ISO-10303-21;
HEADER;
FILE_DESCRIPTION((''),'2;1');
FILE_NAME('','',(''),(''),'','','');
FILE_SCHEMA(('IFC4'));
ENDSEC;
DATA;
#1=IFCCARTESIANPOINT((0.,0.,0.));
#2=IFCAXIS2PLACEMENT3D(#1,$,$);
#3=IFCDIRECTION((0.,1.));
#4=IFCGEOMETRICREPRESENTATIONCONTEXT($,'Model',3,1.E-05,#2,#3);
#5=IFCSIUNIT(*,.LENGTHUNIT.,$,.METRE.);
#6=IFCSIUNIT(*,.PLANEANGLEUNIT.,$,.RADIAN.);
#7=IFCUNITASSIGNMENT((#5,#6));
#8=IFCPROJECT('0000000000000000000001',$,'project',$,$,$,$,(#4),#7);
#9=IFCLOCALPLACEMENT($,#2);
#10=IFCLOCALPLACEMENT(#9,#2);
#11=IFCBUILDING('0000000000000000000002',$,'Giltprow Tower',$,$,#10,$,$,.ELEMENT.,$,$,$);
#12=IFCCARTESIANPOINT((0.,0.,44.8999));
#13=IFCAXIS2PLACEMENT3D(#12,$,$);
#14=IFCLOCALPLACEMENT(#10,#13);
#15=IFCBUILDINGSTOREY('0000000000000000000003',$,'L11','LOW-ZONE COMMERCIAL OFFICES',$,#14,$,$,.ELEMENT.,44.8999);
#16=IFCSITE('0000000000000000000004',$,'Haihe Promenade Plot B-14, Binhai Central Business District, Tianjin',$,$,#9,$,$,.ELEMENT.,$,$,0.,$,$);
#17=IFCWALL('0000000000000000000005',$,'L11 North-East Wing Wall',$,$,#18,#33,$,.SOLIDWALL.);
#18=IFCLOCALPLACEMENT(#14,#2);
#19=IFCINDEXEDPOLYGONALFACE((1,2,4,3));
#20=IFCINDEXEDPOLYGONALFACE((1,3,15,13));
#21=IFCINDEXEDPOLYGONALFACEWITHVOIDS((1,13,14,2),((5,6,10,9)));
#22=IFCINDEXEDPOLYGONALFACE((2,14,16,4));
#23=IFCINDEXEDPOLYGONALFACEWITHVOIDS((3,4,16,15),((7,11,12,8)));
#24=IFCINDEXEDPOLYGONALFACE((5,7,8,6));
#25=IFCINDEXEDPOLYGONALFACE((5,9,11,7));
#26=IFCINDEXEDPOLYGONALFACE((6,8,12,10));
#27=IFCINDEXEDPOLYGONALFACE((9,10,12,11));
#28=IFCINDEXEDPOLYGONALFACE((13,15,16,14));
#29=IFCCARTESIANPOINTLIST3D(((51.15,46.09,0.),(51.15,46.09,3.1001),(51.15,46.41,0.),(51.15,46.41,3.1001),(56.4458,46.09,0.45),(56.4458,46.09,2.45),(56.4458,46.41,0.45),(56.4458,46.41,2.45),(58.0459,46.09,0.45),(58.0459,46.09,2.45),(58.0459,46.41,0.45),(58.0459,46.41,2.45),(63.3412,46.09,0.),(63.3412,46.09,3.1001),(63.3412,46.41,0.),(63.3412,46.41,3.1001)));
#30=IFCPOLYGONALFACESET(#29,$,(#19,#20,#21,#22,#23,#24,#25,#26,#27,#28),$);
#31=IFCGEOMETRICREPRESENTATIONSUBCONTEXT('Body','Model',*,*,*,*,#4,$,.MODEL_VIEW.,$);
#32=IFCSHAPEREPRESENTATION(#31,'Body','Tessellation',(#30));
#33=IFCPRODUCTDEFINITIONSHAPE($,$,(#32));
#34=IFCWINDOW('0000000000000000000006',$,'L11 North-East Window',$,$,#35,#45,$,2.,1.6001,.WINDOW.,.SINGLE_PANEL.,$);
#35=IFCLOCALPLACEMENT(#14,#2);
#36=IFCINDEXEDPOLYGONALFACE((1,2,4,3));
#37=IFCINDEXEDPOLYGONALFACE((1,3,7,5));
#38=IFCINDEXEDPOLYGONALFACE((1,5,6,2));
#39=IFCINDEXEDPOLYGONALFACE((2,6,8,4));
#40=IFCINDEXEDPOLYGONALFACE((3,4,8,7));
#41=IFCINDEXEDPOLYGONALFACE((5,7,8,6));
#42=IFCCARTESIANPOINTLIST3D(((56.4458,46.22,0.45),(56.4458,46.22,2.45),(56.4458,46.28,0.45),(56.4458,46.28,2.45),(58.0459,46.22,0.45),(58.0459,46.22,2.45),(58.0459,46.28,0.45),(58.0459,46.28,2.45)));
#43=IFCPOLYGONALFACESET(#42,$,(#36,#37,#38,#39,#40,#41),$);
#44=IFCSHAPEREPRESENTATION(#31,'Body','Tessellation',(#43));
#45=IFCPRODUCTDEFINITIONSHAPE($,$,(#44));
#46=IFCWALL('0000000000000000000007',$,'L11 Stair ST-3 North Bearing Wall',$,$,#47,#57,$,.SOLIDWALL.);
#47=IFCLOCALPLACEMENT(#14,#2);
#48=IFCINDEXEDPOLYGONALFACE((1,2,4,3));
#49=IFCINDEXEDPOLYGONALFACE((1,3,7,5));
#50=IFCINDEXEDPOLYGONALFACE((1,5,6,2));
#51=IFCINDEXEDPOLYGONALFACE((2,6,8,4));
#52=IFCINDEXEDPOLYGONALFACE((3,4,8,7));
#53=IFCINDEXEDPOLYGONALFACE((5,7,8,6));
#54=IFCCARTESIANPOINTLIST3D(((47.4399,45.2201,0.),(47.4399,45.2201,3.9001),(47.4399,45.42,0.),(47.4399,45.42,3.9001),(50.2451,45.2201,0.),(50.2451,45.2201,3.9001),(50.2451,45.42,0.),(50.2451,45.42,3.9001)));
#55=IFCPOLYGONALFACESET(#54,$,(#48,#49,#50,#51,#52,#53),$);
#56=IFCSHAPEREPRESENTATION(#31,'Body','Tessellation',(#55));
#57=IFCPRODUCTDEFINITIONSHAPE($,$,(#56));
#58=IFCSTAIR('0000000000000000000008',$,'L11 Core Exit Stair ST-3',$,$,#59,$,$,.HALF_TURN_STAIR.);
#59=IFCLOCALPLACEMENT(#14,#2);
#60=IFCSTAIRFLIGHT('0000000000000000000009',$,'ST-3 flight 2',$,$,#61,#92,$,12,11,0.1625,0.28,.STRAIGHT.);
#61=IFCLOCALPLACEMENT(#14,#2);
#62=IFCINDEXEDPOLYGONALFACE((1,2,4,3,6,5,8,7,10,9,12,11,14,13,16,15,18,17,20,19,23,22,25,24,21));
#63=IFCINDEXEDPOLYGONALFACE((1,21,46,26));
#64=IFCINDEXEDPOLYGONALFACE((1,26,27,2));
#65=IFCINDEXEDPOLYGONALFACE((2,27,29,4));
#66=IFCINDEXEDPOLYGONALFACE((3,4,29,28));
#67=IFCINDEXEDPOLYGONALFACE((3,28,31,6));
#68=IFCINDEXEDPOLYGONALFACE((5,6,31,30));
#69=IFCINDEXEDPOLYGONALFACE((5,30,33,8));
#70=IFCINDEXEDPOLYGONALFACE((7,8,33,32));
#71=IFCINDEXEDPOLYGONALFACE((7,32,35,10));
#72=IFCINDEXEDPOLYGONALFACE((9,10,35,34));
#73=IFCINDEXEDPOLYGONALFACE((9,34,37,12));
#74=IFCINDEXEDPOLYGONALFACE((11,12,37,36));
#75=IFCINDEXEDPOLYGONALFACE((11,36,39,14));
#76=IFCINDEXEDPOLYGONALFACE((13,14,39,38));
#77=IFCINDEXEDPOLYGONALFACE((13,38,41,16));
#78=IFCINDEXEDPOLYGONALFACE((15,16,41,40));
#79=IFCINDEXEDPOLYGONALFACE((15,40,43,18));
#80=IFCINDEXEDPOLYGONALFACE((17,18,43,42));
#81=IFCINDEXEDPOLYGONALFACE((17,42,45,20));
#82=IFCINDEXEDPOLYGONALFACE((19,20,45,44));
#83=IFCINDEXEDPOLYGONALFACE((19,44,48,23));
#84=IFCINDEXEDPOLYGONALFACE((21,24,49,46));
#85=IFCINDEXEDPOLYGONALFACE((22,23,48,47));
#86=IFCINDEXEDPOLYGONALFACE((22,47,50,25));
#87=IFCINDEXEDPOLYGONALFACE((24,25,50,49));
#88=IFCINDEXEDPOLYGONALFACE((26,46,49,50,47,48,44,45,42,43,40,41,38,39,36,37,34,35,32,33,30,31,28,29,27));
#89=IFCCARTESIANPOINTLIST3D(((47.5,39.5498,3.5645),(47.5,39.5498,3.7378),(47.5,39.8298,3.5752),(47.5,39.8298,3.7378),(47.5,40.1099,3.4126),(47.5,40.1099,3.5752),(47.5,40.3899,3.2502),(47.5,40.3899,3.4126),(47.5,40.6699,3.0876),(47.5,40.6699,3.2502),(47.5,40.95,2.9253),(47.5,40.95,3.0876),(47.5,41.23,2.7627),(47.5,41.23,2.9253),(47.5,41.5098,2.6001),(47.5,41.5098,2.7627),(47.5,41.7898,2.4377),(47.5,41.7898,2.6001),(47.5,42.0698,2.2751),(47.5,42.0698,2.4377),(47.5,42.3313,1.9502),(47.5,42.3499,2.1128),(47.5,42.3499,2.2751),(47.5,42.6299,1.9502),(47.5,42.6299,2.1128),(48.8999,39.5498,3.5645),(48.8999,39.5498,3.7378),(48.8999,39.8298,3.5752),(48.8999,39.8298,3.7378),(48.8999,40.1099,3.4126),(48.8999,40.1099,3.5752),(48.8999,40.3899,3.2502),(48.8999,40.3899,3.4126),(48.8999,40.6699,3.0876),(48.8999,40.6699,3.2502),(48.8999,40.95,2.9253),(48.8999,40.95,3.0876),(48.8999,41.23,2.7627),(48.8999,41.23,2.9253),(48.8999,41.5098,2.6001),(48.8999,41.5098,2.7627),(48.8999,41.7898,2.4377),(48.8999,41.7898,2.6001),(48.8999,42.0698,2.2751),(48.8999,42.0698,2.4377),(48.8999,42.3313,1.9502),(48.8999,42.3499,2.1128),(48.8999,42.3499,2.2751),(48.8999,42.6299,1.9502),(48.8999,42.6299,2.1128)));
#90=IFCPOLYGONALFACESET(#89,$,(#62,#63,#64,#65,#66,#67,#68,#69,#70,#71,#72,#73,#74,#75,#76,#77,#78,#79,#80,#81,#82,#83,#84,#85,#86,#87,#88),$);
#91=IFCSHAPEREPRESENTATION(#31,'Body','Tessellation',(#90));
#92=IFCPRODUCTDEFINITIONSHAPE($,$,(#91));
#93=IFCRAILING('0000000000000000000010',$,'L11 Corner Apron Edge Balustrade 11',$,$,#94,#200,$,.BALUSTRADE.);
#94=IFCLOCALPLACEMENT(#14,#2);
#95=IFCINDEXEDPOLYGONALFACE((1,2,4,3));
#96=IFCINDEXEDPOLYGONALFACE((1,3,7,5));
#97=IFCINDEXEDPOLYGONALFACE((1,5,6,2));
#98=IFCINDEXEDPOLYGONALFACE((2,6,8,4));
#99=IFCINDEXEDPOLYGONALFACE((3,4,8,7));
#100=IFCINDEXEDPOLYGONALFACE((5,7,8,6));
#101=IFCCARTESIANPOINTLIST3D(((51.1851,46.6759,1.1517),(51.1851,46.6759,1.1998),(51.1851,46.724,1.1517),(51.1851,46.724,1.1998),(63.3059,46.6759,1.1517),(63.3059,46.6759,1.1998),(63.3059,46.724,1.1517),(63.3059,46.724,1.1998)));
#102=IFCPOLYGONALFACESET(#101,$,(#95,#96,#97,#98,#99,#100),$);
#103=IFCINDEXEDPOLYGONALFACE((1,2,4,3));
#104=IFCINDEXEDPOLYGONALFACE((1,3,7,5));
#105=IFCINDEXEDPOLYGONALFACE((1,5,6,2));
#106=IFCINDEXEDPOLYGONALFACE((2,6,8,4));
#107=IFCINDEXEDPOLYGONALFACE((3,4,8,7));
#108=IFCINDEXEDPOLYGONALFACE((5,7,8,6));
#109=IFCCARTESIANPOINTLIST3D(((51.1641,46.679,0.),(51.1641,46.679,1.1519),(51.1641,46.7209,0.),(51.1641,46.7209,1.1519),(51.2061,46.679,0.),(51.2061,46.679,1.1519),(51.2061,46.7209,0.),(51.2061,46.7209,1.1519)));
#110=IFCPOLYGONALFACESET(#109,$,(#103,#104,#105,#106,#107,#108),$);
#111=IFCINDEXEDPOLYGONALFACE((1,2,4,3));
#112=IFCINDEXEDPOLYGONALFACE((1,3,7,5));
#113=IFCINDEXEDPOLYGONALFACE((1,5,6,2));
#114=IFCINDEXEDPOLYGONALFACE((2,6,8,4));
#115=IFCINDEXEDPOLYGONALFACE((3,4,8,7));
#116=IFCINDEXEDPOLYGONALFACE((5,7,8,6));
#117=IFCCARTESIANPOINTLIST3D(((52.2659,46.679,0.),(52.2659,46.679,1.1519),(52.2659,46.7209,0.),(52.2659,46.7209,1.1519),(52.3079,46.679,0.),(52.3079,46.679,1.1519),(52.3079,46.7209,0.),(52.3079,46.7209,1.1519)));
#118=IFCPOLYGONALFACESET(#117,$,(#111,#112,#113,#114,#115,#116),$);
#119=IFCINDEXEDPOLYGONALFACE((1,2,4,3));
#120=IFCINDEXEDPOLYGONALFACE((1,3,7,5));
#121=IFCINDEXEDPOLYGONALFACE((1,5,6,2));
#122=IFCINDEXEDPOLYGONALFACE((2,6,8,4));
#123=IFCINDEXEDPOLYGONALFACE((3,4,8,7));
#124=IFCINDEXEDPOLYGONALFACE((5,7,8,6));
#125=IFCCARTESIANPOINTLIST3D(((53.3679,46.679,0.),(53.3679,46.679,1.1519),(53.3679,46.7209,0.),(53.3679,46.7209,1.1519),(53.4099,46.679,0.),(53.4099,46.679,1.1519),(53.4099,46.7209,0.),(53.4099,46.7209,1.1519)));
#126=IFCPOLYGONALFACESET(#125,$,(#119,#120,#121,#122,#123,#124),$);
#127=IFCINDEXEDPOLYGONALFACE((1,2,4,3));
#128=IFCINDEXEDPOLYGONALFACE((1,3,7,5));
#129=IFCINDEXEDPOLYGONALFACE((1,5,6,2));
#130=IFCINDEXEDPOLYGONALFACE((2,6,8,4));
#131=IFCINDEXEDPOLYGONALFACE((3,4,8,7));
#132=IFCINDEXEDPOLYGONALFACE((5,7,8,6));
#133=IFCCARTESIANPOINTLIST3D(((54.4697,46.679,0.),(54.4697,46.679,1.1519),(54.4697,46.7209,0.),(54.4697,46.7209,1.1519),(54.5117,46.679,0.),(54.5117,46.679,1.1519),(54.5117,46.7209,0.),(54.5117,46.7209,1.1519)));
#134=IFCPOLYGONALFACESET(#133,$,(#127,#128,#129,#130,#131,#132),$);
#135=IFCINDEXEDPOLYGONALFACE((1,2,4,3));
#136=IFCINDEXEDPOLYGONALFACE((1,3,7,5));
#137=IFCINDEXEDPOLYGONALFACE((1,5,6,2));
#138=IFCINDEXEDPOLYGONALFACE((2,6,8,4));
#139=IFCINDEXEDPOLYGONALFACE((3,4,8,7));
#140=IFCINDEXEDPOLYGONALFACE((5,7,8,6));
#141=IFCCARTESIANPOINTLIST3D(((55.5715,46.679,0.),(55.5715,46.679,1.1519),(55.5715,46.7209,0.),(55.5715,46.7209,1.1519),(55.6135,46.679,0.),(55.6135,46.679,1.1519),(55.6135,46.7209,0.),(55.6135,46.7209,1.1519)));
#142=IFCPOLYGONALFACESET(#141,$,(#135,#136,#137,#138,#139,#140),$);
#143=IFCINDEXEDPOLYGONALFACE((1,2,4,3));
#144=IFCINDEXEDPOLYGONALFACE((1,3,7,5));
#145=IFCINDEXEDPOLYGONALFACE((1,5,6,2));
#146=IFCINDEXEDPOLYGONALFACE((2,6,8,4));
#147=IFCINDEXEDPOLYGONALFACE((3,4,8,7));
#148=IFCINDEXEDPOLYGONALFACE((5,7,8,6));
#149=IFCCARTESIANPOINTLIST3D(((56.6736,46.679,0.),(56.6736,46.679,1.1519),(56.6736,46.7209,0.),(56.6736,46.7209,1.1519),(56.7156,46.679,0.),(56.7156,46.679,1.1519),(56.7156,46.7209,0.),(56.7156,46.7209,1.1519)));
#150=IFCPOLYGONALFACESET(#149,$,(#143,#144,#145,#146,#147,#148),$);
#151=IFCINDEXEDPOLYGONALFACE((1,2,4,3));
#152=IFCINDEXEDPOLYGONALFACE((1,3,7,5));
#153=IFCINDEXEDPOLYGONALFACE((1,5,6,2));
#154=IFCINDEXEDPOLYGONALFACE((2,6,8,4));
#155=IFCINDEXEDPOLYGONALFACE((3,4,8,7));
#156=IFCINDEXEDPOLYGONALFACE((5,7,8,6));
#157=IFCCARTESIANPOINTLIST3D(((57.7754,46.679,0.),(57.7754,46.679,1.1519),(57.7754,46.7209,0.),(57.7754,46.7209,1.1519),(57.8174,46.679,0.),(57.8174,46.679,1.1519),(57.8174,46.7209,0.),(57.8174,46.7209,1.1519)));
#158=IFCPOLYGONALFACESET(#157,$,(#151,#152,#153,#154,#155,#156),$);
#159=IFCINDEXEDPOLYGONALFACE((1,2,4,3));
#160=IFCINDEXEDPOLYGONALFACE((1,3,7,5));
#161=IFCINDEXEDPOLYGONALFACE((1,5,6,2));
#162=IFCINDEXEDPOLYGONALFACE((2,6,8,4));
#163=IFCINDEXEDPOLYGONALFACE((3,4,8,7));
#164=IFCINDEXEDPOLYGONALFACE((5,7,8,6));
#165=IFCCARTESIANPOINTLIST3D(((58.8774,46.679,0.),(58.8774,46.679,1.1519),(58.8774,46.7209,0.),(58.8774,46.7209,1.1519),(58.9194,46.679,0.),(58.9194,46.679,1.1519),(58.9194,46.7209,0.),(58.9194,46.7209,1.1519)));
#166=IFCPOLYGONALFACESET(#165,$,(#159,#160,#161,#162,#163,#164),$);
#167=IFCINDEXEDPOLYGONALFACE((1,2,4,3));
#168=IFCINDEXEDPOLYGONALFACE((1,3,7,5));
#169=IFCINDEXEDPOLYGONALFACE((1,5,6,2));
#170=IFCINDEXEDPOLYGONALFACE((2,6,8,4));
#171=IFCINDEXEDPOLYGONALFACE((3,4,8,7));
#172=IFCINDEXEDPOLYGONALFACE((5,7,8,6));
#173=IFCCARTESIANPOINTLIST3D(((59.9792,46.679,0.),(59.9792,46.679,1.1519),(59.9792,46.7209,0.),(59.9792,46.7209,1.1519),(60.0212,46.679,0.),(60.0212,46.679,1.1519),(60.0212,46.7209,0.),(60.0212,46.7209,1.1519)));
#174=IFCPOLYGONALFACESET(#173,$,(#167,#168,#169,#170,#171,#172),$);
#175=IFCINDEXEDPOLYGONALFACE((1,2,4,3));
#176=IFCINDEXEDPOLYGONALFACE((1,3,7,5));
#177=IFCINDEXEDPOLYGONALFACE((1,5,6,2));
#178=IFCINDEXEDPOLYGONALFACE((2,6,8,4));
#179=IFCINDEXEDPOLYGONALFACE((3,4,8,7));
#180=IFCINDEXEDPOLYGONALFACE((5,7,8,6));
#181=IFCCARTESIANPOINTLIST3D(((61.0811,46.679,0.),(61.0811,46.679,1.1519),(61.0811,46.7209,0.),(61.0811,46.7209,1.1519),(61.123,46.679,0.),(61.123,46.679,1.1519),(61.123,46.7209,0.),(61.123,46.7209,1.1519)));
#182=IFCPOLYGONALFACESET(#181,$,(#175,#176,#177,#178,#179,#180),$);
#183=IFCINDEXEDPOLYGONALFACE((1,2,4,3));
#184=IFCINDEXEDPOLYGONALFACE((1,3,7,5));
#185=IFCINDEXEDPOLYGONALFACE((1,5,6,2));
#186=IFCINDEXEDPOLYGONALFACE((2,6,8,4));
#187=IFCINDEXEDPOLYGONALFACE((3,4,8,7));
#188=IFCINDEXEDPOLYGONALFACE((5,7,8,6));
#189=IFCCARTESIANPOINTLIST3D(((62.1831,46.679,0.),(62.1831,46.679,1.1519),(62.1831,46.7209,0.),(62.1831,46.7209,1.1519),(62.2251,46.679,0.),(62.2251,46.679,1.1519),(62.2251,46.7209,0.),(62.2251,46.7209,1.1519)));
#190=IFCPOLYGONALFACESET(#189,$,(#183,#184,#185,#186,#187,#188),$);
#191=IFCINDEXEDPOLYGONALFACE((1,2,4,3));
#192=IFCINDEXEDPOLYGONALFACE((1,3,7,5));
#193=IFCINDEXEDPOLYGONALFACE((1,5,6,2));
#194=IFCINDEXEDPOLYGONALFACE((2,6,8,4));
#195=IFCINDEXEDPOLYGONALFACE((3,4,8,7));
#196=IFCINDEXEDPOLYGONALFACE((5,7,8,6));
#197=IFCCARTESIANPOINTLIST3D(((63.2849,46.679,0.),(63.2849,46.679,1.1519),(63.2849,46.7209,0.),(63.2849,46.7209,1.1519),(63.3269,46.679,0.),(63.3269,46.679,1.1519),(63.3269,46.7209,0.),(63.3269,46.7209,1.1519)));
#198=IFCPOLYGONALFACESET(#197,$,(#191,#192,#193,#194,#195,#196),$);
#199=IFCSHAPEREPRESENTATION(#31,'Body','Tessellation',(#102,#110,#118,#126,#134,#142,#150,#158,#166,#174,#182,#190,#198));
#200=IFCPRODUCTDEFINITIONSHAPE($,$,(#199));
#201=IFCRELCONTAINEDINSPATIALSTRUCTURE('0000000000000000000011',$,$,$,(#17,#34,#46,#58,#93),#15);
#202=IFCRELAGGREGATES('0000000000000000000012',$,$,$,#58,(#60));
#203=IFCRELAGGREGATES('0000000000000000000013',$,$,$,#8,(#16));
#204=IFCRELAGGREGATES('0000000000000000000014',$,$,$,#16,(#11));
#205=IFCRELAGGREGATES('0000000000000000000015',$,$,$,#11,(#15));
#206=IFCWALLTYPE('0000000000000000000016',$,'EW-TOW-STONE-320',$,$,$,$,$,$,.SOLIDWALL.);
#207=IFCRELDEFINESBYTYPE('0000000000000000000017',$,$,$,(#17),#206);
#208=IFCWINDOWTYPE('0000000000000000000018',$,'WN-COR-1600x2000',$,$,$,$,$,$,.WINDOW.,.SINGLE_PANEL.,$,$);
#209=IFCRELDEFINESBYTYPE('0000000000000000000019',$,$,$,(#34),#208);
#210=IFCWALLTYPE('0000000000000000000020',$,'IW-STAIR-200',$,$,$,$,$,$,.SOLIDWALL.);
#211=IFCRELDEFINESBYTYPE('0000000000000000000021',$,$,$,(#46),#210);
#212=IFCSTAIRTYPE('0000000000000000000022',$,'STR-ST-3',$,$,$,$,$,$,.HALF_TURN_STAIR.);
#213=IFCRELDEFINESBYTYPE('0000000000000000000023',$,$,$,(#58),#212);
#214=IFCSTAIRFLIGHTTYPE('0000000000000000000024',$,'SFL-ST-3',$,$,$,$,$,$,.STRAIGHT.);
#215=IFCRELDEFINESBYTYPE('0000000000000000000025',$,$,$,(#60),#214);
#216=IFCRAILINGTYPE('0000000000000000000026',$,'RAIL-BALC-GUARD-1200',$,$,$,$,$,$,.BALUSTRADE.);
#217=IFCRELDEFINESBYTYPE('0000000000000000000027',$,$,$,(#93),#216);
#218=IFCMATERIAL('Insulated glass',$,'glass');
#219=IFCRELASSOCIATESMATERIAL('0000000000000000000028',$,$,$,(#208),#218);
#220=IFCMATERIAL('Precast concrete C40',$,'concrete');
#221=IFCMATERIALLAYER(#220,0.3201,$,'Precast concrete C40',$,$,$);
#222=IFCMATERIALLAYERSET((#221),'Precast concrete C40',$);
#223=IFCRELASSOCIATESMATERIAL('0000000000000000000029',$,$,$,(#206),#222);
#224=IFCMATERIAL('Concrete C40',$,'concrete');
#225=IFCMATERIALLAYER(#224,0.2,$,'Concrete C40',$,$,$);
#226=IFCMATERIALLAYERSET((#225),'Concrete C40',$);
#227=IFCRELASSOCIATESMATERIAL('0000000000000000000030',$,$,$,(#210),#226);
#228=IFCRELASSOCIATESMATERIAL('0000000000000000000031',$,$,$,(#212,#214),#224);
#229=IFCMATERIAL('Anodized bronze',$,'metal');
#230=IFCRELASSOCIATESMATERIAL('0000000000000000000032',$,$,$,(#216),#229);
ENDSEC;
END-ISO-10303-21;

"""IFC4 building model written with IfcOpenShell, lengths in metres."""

from ifc_helpers import new_model, si_unit, direction, frame, frame_2d, origin, origin_2d, place, context, subcontext, project, spatial, polyline, rectangle, outline, extrude, source, transform, mapped, material, layer, layer_set, type_object, element, fill, aggregate, save


model = new_model("IFC4")

# Units and contexts
model_context = context("Model", 3, precision=1e-05, world=origin(), true_north=direction((0.0, 1.0)))
body_context = subcontext(model_context, "Body", "Model", "MODEL_VIEW")
ifc_project = project(units=[si_unit("LENGTHUNIT", "METRE"), si_unit("PLANEANGLEUNIT", "RADIAN")], contexts=[model_context])

# Site, building, storey
site_placement = place(None, origin())
site = spatial("IfcSite", under=ifc_project, at=site_placement, Name="Haihe Promenade Plot B-14, Binhai Central Business District, Tianjin", CompositionType="ELEMENT", RefElevation=0.0)
building_placement = place(site_placement, origin())
building = spatial("IfcBuilding", under=site, at=building_placement, Name="Giltprow Tower", CompositionType="ELEMENT")
storey_placement = place(building_placement, frame((0.0, 0.0, 44.8999)))
storey = spatial("IfcBuildingStorey", under=building, at=storey_placement, Name="L11", Description="LOW-ZONE COMMERCIAL OFFICES", CompositionType="ELEMENT", Elevation=44.8999)

# Wall, opening, window
ifc_material_1 = material(Name="Precast concrete C40", Category="concrete")
ifc_material_2 = material(Name="Insulated glass", Category="glass")
window_type = type_object("IfcWindowType", Name="WN-COR-1600x2000", PartitioningType="SINGLE_PANEL", PredefinedType="WINDOW", material=ifc_material_2)
shared_shape_1 = source(origin(), body_context, "Body", "SweptSolid", [
    extrude(rectangle(XDim=1.6001, YDim=2.0, at=frame_2d((0.8, 1.0))), frame((0.0, 0.03, 0.0), z_axis=(0.0, -1.0, 0.0), x_axis=(1.0, 0.0, 0.0)), (0.0, 0.0, 1.0), 0.0601),
])
ifc_layer_1 = layer(ifc_material_1, 0.3201, Name="Precast concrete C40")
ifc_layer_set_1 = layer_set([ifc_layer_1], Name="Precast concrete C40")
wall_type_1 = type_object("IfcWallType", Name="EW-TOW-STONE-320", PredefinedType="SOLIDWALL", material=ifc_layer_set_1)
wall_1_placement = place(storey_placement, frame((51.1499, 46.25, 0.0), z_axis=(0.0, 0.0, 1.0), x_axis=(1.0, 0.0, 0.0)))
wall_1 = element("IfcWall", 1, at=wall_1_placement, inside=storey, type_object=wall_type_1, Name="L11 North-East Wing Wall", PredefinedType="SOLIDWALL", context=body_context, shape_type="SweptSolid", body=[
    extrude(rectangle(XDim=12.1912, YDim=0.3201, at=frame_2d((6.0957, 0.0))), origin(), (0.0, 0.0, 1.0), 3.1001),
])
opening_1_placement = place(wall_1_placement, frame((5.2959, 0.0, 0.45)))
opening_1 = element("IfcOpeningElement", 2, at=opening_1_placement, cuts=wall_1, PredefinedType="OPENING", context=body_context, shape_type="SweptSolid", body=[
    extrude(rectangle(XDim=1.6001, YDim=2.0, at=frame_2d((0.8, 1.0))), frame((0.0, 0.1699, 0.0), z_axis=(0.0, -1.0, 0.0), x_axis=(1.0, 0.0, 0.0)), (0.0, 0.0, 1.0), 0.3401),
])
window_1_placement = place(opening_1_placement, origin())
window_1 = element("IfcWindow", 3, at=window_1_placement, inside=storey, type_object=window_type, Name="L11 North-East Window", OverallHeight=2.0, OverallWidth=1.6001, PartitioningType="SINGLE_PANEL", PredefinedType="WINDOW", context=body_context, shape_type="MappedRepresentation", body=[
    mapped(shared_shape_1, transform((0.0, 0.0, 0.0), x_axis=(1.0, 0.0, 0.0), y_axis=(0.0, 1.0, 0.0), z_axis=(0.0, 0.0, 1.0), scale=1.0)),
])
fill(opening_1, window_1)

# Wall
ifc_material_3 = material(Name="Concrete C40", Category="concrete")
ifc_layer_2 = layer(ifc_material_3, 0.2, Name="Concrete C40")
ifc_layer_set_2 = layer_set([ifc_layer_2], Name="Concrete C40")
wall_type_2 = type_object("IfcWallType", Name="IW-STAIR-200", PredefinedType="SOLIDWALL", material=ifc_layer_set_2)
wall_2_placement = place(storey_placement, frame((47.4399, 45.3201, 0.0), z_axis=(0.0, 0.0, 1.0), x_axis=(1.0, 0.0, 0.0)))
element("IfcWall", 4, at=wall_2_placement, inside=storey, type_object=wall_type_2, Name="L11 Stair ST-3 North Bearing Wall", PredefinedType="SOLIDWALL", context=body_context, shape_type="SweptSolid", body=[
    extrude(rectangle(XDim=2.8052, YDim=0.2, at=frame_2d((1.4026, 0.0))), origin(), (0.0, 0.0, 1.0), 3.9001),
])

# Stair, stair flight
stair_type = type_object("IfcStairType", Name="STR-ST-3", PredefinedType="HALF_TURN_STAIR", material=ifc_material_3)
stair_placement = place(storey_placement, origin())
stair = element("IfcStair", 5, at=stair_placement, inside=storey, type_object=stair_type, Name="L11 Core Exit Stair ST-3", PredefinedType="HALF_TURN_STAIR")
stair_flight_type = type_object("IfcStairFlightType", Name="SFL-ST-3", PredefinedType="STRAIGHT", material=ifc_material_3)
stair_flight_placement = place(storey_placement, frame((48.2, 42.6299, 1.9502), z_axis=(0.0, 0.0, 1.0), x_axis=(0.0, -1.0, 0.0)))
stair_flight = element("IfcStairFlight", 6, at=stair_flight_placement, type_object=stair_flight_type, Name="ST-3 flight 2", NumberOfRisers=12, NumberOfTreads=11, PredefinedType="STRAIGHT", RiserHeight=0.1625, TreadLength=0.28, context=body_context, shape_type="SweptSolid", body=[
    extrude(outline(polyline([(0.0, 0.0), (0.0, 0.1626), (0.28, 0.1626), (0.28, 0.325), (0.5601, 0.325), (0.5601, 0.4875), (0.8401, 0.4875), (0.8401, 0.6499), (1.1201, 0.6499), (1.1201, 0.8125), (1.3999, 0.8125), (1.3999, 0.9751), (1.6799, 0.9751), (1.6799, 1.1375), (1.96, 1.1375), (1.96, 1.3), (2.24, 1.3), (2.24, 1.4624), (2.52, 1.4624), (2.52, 1.625), (2.8, 1.625), (2.8, 1.7876), (3.0801, 1.7876), (3.0801, 1.95), (3.0801, 1.6143), (0.2986, 0.0), (0.0, 0.0)])), frame((0.0, 0.7, 0.0), z_axis=(0.0, -1.0, 0.0), x_axis=(1.0, 0.0, 0.0)), (0.0, 0.0, 1.0), 1.3999),
])
aggregate(stair, [stair_flight])

# Railing
ifc_material_4 = material(Name="Anodized bronze", Category="metal")
railing_type_1 = type_object("IfcRailingType", Name="RAIL-BALC-GUARD-1200", PredefinedType="BALUSTRADE", material=ifc_material_4)
railing_1_placement = place(storey_placement, frame((51.1851, 46.7, 0.0)))
element("IfcRailing", 7, at=railing_1_placement, inside=storey, type_object=railing_type_1, Name="L11 Corner Apron Edge Balustrade 11", PredefinedType="BALUSTRADE", context=body_context, shape_type="SweptSolid", body=[
    extrude(rectangle(XDim=0.0481, YDim=0.0481, at=origin_2d()), frame((0.0, 0.0, 1.1758), z_axis=(1.0, 0.0, 0.0), x_axis=(0.0, 1.0, 0.0)), (0.0, 0.0, 1.0), 12.1208),
    extrude(rectangle(XDim=0.042, YDim=0.042, at=origin_2d()), origin(), (0.0, 0.0, 1.0), 1.1519),
    extrude(rectangle(XDim=0.042, YDim=0.042, at=origin_2d()), frame((1.1018, 0.0, 0.0)), (0.0, 0.0, 1.0), 1.1519),
    extrude(rectangle(XDim=0.042, YDim=0.042, at=origin_2d()), frame((2.2039, 0.0, 0.0)), (0.0, 0.0, 1.0), 1.1519),
    extrude(rectangle(XDim=0.042, YDim=0.042, at=origin_2d()), frame((3.3057, 0.0, 0.0)), (0.0, 0.0, 1.0), 1.1519),
    extrude(rectangle(XDim=0.042, YDim=0.042, at=origin_2d()), frame((4.4075, 0.0, 0.0)), (0.0, 0.0, 1.0), 1.1519),
    extrude(rectangle(XDim=0.042, YDim=0.042, at=origin_2d()), frame((5.5095, 0.0, 0.0)), (0.0, 0.0, 1.0), 1.1519),
    extrude(rectangle(XDim=0.042, YDim=0.042, at=origin_2d()), frame((6.6113, 0.0, 0.0)), (0.0, 0.0, 1.0), 1.1519),
    extrude(rectangle(XDim=0.042, YDim=0.042, at=origin_2d()), frame((7.7134, 0.0, 0.0)), (0.0, 0.0, 1.0), 1.1519),
    extrude(rectangle(XDim=0.042, YDim=0.042, at=origin_2d()), frame((8.8152, 0.0, 0.0)), (0.0, 0.0, 1.0), 1.1519),
    extrude(rectangle(XDim=0.042, YDim=0.042, at=origin_2d()), frame((9.917, 0.0, 0.0)), (0.0, 0.0, 1.0), 1.1519),
    extrude(rectangle(XDim=0.042, YDim=0.042, at=origin_2d()), frame((11.019, 0.0, 0.0)), (0.0, 0.0, 1.0), 1.1519),
    extrude(rectangle(XDim=0.042, YDim=0.042, at=origin_2d()), frame((12.1208, 0.0, 0.0)), (0.0, 0.0, 1.0), 1.1519),
])

save(model, "model.ifc")
